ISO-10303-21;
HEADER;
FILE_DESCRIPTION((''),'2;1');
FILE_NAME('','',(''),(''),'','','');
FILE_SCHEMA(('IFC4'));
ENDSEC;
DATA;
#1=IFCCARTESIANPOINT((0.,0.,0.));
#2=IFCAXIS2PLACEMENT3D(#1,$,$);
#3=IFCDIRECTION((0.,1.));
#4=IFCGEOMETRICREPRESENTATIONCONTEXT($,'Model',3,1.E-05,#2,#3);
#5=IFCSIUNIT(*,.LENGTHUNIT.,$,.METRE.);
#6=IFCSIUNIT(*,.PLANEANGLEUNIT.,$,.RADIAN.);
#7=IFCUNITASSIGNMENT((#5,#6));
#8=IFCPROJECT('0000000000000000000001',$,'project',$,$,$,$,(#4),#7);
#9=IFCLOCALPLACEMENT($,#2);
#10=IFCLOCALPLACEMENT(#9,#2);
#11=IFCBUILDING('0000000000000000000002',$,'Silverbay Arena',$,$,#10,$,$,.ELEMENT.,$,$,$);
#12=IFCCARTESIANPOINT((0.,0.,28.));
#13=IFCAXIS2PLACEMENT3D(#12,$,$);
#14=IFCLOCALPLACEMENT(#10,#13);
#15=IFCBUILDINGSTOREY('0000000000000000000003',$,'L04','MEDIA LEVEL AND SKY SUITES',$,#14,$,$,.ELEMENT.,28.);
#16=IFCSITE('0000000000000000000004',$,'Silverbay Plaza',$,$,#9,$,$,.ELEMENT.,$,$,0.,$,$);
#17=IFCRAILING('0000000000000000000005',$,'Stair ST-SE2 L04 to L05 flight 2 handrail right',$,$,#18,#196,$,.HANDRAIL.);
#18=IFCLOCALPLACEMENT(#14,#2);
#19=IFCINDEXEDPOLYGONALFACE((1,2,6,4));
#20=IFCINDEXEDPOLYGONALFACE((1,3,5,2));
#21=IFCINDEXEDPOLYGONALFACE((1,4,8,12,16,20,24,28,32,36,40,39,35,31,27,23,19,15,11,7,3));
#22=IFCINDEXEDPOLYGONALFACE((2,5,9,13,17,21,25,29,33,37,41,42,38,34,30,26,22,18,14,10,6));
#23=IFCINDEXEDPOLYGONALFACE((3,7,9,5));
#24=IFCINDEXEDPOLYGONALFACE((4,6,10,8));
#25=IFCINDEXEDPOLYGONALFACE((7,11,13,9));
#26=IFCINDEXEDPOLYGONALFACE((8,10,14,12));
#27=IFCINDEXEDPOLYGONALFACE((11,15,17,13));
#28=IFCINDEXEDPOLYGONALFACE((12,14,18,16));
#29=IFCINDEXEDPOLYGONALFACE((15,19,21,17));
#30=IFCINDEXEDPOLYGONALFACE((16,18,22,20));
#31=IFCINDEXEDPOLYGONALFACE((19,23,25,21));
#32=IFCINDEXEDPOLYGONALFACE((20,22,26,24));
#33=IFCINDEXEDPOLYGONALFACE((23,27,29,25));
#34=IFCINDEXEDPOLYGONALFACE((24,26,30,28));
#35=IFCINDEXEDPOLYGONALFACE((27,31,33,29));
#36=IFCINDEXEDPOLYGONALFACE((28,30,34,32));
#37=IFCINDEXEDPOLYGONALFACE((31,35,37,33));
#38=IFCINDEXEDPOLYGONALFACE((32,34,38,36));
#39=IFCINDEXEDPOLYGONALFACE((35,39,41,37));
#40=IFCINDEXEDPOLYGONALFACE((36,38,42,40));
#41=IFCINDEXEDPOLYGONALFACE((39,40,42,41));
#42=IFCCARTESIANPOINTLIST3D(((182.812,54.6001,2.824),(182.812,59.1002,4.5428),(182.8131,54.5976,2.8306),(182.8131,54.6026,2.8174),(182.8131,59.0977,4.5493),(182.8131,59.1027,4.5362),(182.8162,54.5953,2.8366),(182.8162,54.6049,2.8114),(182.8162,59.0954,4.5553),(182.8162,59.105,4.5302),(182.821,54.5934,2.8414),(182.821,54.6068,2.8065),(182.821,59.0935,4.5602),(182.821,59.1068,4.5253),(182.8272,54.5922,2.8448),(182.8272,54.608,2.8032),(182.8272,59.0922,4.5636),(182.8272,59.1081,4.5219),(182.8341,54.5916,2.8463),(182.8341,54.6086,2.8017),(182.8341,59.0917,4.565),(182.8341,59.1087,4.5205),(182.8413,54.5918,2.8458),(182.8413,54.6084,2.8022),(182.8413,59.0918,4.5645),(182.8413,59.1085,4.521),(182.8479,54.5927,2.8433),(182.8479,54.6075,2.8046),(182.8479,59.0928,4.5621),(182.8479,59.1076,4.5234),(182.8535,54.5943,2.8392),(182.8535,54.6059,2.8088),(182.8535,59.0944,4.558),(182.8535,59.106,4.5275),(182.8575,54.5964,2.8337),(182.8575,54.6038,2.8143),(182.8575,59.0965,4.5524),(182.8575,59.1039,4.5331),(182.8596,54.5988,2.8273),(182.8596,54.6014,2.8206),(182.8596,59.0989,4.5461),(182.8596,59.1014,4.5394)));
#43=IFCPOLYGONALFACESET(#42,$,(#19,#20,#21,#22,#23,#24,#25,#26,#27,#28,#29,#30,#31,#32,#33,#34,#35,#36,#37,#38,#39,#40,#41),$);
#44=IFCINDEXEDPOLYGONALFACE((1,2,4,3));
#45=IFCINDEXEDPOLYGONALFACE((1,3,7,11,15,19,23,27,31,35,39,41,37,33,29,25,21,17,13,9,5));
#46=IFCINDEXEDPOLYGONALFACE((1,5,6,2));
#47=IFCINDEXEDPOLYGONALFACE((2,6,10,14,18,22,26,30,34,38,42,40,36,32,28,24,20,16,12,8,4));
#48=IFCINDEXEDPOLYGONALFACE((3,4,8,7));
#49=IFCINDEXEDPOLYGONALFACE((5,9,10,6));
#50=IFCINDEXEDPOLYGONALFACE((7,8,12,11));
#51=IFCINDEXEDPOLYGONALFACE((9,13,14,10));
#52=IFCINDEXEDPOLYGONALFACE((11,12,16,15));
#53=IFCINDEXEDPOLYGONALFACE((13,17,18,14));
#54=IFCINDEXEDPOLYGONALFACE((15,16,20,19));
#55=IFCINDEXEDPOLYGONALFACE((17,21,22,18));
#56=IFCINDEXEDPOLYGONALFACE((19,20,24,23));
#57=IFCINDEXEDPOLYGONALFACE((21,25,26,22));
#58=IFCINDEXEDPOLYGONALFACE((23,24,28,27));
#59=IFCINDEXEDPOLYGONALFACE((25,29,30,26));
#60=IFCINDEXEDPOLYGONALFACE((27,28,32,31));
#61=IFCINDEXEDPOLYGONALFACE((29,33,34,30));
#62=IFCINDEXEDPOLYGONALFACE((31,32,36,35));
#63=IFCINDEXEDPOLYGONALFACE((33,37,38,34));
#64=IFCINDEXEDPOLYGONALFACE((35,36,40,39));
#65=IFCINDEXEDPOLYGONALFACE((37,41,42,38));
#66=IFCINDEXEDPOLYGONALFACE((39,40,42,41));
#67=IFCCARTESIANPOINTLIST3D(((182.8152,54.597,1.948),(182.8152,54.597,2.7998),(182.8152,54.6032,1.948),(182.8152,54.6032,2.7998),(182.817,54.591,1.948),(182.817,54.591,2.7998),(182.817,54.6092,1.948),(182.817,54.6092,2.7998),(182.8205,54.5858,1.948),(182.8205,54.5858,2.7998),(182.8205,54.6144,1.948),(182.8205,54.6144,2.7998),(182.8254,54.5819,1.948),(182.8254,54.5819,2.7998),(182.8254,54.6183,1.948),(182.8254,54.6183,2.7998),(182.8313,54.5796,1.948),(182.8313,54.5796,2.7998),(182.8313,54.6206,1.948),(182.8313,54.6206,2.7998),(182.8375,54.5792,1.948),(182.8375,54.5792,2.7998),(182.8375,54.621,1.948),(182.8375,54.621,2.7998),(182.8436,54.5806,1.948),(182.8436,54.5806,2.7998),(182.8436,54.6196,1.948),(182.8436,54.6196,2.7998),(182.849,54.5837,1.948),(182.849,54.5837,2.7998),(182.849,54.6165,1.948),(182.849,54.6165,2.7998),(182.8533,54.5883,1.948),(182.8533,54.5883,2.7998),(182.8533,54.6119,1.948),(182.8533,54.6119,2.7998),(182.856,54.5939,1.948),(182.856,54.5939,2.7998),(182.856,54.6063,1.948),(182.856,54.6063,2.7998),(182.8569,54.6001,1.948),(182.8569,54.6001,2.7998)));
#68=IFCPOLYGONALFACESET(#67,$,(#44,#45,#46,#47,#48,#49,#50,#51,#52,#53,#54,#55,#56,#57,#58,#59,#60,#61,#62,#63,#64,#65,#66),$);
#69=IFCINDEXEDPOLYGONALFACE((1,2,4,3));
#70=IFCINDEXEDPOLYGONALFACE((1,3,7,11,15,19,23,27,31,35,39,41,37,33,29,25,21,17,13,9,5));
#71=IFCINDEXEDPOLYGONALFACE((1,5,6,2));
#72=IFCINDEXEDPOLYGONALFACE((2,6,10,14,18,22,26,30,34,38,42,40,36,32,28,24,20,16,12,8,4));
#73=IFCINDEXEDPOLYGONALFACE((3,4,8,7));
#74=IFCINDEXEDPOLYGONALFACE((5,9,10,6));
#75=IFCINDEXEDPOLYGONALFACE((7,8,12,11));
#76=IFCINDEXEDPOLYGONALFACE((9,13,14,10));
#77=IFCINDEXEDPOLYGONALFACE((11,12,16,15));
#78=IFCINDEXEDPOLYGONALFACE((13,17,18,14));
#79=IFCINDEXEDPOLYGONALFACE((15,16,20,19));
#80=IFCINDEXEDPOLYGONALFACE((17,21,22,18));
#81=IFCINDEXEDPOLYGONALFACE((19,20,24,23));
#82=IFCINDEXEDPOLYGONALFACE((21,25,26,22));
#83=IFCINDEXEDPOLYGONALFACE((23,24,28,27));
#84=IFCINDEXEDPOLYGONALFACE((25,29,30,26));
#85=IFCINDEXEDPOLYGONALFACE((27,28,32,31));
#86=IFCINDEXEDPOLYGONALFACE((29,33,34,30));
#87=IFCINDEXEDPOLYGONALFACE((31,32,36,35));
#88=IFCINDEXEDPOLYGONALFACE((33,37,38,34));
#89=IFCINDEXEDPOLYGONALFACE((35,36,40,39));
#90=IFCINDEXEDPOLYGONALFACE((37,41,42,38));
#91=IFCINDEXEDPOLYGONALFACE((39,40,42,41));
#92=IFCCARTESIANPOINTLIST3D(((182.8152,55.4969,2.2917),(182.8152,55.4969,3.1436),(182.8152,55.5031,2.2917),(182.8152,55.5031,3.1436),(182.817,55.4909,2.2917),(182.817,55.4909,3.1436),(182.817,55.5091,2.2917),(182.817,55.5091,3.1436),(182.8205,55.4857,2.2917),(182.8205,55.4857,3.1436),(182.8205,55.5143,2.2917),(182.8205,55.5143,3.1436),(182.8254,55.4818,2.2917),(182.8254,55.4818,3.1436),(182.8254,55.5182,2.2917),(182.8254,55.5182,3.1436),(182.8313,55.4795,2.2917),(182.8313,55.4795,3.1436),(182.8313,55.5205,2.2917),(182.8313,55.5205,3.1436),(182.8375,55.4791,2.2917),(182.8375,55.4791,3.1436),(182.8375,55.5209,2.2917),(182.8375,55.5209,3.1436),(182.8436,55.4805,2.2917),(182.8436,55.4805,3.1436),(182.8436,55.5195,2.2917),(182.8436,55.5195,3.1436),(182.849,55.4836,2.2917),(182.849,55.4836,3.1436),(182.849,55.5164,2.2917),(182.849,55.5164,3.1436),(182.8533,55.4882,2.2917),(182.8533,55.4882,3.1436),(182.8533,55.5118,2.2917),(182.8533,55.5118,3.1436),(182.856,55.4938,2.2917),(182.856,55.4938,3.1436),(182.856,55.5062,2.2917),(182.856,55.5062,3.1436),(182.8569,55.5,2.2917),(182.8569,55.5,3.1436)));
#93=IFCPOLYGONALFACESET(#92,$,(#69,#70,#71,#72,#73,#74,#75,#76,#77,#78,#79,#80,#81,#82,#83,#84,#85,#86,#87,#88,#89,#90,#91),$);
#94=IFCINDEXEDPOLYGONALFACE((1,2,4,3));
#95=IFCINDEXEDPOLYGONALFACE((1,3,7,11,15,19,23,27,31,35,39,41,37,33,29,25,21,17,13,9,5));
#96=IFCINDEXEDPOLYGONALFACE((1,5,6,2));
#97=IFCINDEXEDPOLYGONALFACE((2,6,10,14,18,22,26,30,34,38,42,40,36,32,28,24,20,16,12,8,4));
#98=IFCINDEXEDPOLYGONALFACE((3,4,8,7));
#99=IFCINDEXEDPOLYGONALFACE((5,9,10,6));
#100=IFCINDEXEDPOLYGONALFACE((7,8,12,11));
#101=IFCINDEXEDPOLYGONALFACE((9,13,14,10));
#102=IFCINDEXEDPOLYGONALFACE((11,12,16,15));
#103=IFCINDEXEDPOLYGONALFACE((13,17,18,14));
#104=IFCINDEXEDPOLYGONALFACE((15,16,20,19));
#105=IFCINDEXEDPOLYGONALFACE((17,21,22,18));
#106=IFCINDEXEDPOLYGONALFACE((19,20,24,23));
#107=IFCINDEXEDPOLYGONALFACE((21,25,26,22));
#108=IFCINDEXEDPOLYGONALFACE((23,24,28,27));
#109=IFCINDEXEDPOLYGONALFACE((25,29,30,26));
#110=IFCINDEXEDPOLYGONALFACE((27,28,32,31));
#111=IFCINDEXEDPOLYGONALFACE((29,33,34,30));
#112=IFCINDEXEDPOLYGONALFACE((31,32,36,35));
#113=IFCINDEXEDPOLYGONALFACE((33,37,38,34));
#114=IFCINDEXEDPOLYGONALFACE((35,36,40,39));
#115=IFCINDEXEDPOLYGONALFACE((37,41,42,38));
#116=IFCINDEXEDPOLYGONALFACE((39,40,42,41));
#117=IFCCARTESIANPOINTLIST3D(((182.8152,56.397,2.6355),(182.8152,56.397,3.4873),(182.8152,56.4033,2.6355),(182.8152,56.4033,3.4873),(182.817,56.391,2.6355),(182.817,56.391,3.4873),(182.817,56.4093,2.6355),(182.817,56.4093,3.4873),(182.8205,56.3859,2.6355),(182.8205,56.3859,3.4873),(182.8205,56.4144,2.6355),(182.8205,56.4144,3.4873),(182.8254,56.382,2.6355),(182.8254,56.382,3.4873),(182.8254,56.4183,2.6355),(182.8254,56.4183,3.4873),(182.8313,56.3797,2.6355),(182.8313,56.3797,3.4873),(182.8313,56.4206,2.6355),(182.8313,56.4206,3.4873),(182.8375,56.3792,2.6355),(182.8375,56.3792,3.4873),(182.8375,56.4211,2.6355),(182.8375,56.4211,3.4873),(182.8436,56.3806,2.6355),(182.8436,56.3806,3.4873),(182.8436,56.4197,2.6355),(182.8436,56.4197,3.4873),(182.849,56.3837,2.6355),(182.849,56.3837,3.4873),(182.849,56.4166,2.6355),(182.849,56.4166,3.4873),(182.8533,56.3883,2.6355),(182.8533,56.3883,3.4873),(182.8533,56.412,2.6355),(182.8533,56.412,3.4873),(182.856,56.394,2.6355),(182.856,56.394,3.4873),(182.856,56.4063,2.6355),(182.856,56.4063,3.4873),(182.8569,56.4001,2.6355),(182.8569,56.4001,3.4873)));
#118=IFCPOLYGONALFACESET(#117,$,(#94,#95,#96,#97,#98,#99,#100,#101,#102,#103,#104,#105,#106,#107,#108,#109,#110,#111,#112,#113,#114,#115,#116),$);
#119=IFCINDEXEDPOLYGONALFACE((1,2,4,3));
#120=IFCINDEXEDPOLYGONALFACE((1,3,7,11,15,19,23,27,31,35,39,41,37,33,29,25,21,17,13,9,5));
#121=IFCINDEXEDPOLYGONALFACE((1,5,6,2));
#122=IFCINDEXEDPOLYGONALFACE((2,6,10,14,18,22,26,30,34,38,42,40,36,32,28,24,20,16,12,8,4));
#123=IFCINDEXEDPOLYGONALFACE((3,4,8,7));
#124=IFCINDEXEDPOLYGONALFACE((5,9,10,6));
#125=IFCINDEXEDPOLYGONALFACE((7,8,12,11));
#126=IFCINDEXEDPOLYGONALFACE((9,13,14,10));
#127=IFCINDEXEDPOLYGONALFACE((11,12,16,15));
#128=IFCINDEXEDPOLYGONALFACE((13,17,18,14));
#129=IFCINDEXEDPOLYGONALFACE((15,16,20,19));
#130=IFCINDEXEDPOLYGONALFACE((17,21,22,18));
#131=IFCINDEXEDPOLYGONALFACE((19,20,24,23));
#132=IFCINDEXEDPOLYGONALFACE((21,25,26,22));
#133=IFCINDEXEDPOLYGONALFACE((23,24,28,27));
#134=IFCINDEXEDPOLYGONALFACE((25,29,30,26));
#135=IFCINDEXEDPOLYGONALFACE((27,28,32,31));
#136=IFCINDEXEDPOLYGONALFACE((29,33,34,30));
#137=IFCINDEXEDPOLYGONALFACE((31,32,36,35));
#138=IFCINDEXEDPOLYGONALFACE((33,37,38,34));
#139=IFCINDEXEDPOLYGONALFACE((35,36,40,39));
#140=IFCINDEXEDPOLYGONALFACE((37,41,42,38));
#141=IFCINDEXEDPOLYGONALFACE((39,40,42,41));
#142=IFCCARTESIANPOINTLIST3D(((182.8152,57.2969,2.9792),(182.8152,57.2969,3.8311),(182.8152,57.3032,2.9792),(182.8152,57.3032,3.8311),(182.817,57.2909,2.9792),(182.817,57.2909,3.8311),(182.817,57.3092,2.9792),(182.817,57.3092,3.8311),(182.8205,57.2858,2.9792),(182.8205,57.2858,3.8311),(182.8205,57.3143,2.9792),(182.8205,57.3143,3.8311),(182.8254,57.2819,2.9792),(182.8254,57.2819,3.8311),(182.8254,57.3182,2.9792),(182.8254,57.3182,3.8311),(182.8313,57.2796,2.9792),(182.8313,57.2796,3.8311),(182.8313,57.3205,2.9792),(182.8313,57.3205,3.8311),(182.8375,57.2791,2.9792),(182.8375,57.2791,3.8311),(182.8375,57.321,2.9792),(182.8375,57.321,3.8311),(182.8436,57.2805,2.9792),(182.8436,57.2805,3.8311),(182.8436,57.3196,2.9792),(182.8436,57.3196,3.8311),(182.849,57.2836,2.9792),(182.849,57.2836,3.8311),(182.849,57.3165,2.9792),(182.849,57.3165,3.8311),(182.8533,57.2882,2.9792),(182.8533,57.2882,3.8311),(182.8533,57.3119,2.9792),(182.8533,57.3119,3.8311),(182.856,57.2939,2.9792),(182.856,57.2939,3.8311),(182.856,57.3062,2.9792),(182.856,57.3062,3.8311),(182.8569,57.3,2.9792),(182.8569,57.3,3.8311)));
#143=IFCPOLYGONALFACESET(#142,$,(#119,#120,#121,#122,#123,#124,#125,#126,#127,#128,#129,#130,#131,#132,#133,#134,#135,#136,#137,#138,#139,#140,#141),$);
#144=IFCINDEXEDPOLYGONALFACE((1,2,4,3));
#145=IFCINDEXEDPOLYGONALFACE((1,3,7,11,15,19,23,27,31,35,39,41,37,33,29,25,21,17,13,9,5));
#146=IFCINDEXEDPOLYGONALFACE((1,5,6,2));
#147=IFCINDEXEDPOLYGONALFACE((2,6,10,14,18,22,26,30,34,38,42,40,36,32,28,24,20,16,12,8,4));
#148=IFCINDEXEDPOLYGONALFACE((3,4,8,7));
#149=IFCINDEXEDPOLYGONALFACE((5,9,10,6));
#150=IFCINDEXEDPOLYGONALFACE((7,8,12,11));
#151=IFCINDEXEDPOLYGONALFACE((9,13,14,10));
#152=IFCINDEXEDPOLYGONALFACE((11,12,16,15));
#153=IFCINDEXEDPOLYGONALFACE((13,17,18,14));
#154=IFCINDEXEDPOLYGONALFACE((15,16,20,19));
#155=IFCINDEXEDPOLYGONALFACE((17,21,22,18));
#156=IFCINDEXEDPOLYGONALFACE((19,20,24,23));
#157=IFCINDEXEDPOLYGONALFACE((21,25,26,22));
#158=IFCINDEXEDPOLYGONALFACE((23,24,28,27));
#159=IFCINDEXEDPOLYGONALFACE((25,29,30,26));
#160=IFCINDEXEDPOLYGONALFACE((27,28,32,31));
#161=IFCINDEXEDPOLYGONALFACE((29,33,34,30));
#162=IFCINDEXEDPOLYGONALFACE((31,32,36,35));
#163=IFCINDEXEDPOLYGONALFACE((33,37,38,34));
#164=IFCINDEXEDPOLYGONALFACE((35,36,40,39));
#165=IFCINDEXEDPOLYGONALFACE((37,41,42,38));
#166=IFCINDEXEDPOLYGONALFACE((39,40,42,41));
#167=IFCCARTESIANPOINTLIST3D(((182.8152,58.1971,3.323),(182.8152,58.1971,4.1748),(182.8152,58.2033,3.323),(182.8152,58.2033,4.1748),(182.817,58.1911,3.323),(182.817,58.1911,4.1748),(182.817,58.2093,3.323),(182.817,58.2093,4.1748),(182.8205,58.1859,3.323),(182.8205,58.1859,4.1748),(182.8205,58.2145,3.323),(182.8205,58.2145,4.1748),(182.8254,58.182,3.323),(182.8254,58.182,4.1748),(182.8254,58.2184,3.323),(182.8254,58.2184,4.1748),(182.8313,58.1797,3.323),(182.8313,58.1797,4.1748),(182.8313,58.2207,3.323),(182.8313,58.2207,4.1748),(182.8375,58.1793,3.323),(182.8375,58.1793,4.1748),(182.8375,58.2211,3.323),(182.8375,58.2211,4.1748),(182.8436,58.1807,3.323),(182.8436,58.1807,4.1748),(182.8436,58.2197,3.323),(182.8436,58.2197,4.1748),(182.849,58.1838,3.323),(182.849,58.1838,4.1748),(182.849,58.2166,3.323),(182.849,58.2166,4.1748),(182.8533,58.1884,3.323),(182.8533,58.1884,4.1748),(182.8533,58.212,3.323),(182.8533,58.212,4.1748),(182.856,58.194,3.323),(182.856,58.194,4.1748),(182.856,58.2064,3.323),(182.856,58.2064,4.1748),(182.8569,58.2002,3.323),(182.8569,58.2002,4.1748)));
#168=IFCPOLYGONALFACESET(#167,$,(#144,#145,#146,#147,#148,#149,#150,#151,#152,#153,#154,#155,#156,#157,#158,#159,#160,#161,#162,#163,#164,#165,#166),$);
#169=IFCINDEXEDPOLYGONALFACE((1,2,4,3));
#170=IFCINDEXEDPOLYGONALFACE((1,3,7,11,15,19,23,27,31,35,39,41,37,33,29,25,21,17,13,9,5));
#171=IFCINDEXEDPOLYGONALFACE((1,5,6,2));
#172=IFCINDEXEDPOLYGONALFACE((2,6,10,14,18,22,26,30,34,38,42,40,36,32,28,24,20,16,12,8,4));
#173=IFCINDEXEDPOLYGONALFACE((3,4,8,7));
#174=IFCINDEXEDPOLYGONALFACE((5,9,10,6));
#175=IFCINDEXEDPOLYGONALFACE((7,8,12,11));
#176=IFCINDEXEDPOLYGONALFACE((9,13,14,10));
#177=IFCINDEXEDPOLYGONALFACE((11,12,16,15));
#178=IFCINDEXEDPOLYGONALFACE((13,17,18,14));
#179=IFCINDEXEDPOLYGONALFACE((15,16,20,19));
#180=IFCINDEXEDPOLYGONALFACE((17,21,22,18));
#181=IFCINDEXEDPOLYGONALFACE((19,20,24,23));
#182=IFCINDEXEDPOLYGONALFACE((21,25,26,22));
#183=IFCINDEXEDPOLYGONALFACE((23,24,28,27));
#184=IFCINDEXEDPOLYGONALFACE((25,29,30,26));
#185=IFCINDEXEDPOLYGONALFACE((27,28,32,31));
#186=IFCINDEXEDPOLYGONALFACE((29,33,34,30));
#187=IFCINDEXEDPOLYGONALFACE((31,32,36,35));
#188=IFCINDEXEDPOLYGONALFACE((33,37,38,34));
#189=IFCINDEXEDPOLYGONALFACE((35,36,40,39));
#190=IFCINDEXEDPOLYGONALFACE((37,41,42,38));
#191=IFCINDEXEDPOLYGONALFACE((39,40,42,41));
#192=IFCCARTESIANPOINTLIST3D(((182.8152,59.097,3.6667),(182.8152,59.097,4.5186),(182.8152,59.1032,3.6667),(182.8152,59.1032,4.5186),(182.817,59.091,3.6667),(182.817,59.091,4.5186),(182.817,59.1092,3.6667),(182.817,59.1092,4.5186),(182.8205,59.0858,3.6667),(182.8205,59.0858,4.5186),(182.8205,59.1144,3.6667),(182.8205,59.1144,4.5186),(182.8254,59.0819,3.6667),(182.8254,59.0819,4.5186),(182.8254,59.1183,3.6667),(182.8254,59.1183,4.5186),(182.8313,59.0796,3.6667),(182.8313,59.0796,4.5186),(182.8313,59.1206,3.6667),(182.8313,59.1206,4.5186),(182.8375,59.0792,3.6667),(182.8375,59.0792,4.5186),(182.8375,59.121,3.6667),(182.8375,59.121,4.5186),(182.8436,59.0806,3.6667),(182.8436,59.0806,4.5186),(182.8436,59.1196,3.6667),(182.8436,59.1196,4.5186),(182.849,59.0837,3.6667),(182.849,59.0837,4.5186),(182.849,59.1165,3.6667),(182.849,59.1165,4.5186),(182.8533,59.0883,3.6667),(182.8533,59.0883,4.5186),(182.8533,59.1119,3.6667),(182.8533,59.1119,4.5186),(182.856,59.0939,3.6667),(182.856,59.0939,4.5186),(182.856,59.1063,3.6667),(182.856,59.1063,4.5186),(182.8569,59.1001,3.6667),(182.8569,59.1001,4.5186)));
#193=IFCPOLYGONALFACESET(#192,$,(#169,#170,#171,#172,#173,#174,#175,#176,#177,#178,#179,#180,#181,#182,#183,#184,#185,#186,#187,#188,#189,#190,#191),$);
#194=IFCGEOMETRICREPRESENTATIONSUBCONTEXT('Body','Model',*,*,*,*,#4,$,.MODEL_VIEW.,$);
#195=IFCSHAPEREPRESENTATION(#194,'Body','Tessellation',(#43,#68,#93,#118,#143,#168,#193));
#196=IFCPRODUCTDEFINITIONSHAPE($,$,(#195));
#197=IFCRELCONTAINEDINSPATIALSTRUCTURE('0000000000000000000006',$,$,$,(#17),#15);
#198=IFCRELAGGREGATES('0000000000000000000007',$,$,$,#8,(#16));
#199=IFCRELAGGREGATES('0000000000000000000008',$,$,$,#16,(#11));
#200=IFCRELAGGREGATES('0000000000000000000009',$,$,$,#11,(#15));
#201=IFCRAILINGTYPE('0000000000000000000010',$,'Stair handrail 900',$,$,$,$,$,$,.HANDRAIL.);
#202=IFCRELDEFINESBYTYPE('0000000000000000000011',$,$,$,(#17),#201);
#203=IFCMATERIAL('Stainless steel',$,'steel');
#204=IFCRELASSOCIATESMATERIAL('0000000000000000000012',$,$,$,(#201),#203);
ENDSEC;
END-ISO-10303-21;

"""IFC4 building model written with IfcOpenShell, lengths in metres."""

from ifc_helpers import new_model, si_unit, direction, frame, origin, origin_2d, place, context, subcontext, project, spatial, circle, extrude, material, type_object, element, save


model = new_model("IFC4")

# Units and contexts
model_context = context("Model", 3, precision=1e-05, world=origin(), true_north=direction((0.0, 1.0)))
body_context = subcontext(model_context, "Body", "Model", "MODEL_VIEW")
ifc_project = project(units=[si_unit("LENGTHUNIT", "METRE"), si_unit("PLANEANGLEUNIT", "RADIAN")], contexts=[model_context])

# Site, building, storey
site_placement = place(None, origin())
site = spatial("IfcSite", under=ifc_project, at=site_placement, Name="Silverbay Plaza", CompositionType="ELEMENT", RefElevation=0.0)
building_placement = place(site_placement, origin())
building = spatial("IfcBuilding", under=site, at=building_placement, Name="Silverbay Arena", CompositionType="ELEMENT")
storey_placement = place(building_placement, frame((0.0, 0.0, 28.0)))
storey = spatial("IfcBuildingStorey", under=building, at=storey_placement, Name="L04", Description="MEDIA LEVEL AND SKY SUITES", CompositionType="ELEMENT", Elevation=28.0)

# Railing
ifc_material_1 = material(Name="Stainless steel", Category="steel")
railing_type_1 = type_object("IfcRailingType", Name="Stair handrail 900", PredefinedType="HANDRAIL", material=ifc_material_1)
for number, where, name in (
    (1, (182.8359, 54.6001, 1.948), "Stair ST-SE2 L04 to L05 flight 2 handrail right"),
):
    element("IfcRailing", number, at=place(storey_placement, frame(where)), inside=storey, type_object=railing_type_1, Name=name, PredefinedType="HANDRAIL", context=body_context, shape_type="SweptSolid", body=[
        extrude(circle(Radius=0.0239, at=origin_2d()), frame((0.0, 0.0, 0.876), z_axis=(0.0, 0.934179, 0.356805), x_axis=(-1.0, 0.0, 0.0)), (0.0, 0.0, 1.0), 4.8171),
        extrude(circle(Radius=0.021, at=origin_2d()), origin(), (0.0, 0.0, 1.0), 0.8518),
        extrude(circle(Radius=0.021, at=origin_2d()), frame((0.0, 0.8999, 0.3438)), (0.0, 0.0, 1.0), 0.8518),
        extrude(circle(Radius=0.021, at=origin_2d()), frame((0.0, 1.8, 0.6875)), (0.0, 0.0, 1.0), 0.8518),
        extrude(circle(Radius=0.021, at=origin_2d()), frame((0.0, 2.7, 1.0312)), (0.0, 0.0, 1.0), 0.8518),
        extrude(circle(Radius=0.021, at=origin_2d()), frame((0.0, 3.6001, 1.375)), (0.0, 0.0, 1.0), 0.8518),
        extrude(circle(Radius=0.021, at=origin_2d()), frame((0.0, 4.5, 1.7188)), (0.0, 0.0, 1.0), 0.8518),
    ])

save(model, "model.ifc")
